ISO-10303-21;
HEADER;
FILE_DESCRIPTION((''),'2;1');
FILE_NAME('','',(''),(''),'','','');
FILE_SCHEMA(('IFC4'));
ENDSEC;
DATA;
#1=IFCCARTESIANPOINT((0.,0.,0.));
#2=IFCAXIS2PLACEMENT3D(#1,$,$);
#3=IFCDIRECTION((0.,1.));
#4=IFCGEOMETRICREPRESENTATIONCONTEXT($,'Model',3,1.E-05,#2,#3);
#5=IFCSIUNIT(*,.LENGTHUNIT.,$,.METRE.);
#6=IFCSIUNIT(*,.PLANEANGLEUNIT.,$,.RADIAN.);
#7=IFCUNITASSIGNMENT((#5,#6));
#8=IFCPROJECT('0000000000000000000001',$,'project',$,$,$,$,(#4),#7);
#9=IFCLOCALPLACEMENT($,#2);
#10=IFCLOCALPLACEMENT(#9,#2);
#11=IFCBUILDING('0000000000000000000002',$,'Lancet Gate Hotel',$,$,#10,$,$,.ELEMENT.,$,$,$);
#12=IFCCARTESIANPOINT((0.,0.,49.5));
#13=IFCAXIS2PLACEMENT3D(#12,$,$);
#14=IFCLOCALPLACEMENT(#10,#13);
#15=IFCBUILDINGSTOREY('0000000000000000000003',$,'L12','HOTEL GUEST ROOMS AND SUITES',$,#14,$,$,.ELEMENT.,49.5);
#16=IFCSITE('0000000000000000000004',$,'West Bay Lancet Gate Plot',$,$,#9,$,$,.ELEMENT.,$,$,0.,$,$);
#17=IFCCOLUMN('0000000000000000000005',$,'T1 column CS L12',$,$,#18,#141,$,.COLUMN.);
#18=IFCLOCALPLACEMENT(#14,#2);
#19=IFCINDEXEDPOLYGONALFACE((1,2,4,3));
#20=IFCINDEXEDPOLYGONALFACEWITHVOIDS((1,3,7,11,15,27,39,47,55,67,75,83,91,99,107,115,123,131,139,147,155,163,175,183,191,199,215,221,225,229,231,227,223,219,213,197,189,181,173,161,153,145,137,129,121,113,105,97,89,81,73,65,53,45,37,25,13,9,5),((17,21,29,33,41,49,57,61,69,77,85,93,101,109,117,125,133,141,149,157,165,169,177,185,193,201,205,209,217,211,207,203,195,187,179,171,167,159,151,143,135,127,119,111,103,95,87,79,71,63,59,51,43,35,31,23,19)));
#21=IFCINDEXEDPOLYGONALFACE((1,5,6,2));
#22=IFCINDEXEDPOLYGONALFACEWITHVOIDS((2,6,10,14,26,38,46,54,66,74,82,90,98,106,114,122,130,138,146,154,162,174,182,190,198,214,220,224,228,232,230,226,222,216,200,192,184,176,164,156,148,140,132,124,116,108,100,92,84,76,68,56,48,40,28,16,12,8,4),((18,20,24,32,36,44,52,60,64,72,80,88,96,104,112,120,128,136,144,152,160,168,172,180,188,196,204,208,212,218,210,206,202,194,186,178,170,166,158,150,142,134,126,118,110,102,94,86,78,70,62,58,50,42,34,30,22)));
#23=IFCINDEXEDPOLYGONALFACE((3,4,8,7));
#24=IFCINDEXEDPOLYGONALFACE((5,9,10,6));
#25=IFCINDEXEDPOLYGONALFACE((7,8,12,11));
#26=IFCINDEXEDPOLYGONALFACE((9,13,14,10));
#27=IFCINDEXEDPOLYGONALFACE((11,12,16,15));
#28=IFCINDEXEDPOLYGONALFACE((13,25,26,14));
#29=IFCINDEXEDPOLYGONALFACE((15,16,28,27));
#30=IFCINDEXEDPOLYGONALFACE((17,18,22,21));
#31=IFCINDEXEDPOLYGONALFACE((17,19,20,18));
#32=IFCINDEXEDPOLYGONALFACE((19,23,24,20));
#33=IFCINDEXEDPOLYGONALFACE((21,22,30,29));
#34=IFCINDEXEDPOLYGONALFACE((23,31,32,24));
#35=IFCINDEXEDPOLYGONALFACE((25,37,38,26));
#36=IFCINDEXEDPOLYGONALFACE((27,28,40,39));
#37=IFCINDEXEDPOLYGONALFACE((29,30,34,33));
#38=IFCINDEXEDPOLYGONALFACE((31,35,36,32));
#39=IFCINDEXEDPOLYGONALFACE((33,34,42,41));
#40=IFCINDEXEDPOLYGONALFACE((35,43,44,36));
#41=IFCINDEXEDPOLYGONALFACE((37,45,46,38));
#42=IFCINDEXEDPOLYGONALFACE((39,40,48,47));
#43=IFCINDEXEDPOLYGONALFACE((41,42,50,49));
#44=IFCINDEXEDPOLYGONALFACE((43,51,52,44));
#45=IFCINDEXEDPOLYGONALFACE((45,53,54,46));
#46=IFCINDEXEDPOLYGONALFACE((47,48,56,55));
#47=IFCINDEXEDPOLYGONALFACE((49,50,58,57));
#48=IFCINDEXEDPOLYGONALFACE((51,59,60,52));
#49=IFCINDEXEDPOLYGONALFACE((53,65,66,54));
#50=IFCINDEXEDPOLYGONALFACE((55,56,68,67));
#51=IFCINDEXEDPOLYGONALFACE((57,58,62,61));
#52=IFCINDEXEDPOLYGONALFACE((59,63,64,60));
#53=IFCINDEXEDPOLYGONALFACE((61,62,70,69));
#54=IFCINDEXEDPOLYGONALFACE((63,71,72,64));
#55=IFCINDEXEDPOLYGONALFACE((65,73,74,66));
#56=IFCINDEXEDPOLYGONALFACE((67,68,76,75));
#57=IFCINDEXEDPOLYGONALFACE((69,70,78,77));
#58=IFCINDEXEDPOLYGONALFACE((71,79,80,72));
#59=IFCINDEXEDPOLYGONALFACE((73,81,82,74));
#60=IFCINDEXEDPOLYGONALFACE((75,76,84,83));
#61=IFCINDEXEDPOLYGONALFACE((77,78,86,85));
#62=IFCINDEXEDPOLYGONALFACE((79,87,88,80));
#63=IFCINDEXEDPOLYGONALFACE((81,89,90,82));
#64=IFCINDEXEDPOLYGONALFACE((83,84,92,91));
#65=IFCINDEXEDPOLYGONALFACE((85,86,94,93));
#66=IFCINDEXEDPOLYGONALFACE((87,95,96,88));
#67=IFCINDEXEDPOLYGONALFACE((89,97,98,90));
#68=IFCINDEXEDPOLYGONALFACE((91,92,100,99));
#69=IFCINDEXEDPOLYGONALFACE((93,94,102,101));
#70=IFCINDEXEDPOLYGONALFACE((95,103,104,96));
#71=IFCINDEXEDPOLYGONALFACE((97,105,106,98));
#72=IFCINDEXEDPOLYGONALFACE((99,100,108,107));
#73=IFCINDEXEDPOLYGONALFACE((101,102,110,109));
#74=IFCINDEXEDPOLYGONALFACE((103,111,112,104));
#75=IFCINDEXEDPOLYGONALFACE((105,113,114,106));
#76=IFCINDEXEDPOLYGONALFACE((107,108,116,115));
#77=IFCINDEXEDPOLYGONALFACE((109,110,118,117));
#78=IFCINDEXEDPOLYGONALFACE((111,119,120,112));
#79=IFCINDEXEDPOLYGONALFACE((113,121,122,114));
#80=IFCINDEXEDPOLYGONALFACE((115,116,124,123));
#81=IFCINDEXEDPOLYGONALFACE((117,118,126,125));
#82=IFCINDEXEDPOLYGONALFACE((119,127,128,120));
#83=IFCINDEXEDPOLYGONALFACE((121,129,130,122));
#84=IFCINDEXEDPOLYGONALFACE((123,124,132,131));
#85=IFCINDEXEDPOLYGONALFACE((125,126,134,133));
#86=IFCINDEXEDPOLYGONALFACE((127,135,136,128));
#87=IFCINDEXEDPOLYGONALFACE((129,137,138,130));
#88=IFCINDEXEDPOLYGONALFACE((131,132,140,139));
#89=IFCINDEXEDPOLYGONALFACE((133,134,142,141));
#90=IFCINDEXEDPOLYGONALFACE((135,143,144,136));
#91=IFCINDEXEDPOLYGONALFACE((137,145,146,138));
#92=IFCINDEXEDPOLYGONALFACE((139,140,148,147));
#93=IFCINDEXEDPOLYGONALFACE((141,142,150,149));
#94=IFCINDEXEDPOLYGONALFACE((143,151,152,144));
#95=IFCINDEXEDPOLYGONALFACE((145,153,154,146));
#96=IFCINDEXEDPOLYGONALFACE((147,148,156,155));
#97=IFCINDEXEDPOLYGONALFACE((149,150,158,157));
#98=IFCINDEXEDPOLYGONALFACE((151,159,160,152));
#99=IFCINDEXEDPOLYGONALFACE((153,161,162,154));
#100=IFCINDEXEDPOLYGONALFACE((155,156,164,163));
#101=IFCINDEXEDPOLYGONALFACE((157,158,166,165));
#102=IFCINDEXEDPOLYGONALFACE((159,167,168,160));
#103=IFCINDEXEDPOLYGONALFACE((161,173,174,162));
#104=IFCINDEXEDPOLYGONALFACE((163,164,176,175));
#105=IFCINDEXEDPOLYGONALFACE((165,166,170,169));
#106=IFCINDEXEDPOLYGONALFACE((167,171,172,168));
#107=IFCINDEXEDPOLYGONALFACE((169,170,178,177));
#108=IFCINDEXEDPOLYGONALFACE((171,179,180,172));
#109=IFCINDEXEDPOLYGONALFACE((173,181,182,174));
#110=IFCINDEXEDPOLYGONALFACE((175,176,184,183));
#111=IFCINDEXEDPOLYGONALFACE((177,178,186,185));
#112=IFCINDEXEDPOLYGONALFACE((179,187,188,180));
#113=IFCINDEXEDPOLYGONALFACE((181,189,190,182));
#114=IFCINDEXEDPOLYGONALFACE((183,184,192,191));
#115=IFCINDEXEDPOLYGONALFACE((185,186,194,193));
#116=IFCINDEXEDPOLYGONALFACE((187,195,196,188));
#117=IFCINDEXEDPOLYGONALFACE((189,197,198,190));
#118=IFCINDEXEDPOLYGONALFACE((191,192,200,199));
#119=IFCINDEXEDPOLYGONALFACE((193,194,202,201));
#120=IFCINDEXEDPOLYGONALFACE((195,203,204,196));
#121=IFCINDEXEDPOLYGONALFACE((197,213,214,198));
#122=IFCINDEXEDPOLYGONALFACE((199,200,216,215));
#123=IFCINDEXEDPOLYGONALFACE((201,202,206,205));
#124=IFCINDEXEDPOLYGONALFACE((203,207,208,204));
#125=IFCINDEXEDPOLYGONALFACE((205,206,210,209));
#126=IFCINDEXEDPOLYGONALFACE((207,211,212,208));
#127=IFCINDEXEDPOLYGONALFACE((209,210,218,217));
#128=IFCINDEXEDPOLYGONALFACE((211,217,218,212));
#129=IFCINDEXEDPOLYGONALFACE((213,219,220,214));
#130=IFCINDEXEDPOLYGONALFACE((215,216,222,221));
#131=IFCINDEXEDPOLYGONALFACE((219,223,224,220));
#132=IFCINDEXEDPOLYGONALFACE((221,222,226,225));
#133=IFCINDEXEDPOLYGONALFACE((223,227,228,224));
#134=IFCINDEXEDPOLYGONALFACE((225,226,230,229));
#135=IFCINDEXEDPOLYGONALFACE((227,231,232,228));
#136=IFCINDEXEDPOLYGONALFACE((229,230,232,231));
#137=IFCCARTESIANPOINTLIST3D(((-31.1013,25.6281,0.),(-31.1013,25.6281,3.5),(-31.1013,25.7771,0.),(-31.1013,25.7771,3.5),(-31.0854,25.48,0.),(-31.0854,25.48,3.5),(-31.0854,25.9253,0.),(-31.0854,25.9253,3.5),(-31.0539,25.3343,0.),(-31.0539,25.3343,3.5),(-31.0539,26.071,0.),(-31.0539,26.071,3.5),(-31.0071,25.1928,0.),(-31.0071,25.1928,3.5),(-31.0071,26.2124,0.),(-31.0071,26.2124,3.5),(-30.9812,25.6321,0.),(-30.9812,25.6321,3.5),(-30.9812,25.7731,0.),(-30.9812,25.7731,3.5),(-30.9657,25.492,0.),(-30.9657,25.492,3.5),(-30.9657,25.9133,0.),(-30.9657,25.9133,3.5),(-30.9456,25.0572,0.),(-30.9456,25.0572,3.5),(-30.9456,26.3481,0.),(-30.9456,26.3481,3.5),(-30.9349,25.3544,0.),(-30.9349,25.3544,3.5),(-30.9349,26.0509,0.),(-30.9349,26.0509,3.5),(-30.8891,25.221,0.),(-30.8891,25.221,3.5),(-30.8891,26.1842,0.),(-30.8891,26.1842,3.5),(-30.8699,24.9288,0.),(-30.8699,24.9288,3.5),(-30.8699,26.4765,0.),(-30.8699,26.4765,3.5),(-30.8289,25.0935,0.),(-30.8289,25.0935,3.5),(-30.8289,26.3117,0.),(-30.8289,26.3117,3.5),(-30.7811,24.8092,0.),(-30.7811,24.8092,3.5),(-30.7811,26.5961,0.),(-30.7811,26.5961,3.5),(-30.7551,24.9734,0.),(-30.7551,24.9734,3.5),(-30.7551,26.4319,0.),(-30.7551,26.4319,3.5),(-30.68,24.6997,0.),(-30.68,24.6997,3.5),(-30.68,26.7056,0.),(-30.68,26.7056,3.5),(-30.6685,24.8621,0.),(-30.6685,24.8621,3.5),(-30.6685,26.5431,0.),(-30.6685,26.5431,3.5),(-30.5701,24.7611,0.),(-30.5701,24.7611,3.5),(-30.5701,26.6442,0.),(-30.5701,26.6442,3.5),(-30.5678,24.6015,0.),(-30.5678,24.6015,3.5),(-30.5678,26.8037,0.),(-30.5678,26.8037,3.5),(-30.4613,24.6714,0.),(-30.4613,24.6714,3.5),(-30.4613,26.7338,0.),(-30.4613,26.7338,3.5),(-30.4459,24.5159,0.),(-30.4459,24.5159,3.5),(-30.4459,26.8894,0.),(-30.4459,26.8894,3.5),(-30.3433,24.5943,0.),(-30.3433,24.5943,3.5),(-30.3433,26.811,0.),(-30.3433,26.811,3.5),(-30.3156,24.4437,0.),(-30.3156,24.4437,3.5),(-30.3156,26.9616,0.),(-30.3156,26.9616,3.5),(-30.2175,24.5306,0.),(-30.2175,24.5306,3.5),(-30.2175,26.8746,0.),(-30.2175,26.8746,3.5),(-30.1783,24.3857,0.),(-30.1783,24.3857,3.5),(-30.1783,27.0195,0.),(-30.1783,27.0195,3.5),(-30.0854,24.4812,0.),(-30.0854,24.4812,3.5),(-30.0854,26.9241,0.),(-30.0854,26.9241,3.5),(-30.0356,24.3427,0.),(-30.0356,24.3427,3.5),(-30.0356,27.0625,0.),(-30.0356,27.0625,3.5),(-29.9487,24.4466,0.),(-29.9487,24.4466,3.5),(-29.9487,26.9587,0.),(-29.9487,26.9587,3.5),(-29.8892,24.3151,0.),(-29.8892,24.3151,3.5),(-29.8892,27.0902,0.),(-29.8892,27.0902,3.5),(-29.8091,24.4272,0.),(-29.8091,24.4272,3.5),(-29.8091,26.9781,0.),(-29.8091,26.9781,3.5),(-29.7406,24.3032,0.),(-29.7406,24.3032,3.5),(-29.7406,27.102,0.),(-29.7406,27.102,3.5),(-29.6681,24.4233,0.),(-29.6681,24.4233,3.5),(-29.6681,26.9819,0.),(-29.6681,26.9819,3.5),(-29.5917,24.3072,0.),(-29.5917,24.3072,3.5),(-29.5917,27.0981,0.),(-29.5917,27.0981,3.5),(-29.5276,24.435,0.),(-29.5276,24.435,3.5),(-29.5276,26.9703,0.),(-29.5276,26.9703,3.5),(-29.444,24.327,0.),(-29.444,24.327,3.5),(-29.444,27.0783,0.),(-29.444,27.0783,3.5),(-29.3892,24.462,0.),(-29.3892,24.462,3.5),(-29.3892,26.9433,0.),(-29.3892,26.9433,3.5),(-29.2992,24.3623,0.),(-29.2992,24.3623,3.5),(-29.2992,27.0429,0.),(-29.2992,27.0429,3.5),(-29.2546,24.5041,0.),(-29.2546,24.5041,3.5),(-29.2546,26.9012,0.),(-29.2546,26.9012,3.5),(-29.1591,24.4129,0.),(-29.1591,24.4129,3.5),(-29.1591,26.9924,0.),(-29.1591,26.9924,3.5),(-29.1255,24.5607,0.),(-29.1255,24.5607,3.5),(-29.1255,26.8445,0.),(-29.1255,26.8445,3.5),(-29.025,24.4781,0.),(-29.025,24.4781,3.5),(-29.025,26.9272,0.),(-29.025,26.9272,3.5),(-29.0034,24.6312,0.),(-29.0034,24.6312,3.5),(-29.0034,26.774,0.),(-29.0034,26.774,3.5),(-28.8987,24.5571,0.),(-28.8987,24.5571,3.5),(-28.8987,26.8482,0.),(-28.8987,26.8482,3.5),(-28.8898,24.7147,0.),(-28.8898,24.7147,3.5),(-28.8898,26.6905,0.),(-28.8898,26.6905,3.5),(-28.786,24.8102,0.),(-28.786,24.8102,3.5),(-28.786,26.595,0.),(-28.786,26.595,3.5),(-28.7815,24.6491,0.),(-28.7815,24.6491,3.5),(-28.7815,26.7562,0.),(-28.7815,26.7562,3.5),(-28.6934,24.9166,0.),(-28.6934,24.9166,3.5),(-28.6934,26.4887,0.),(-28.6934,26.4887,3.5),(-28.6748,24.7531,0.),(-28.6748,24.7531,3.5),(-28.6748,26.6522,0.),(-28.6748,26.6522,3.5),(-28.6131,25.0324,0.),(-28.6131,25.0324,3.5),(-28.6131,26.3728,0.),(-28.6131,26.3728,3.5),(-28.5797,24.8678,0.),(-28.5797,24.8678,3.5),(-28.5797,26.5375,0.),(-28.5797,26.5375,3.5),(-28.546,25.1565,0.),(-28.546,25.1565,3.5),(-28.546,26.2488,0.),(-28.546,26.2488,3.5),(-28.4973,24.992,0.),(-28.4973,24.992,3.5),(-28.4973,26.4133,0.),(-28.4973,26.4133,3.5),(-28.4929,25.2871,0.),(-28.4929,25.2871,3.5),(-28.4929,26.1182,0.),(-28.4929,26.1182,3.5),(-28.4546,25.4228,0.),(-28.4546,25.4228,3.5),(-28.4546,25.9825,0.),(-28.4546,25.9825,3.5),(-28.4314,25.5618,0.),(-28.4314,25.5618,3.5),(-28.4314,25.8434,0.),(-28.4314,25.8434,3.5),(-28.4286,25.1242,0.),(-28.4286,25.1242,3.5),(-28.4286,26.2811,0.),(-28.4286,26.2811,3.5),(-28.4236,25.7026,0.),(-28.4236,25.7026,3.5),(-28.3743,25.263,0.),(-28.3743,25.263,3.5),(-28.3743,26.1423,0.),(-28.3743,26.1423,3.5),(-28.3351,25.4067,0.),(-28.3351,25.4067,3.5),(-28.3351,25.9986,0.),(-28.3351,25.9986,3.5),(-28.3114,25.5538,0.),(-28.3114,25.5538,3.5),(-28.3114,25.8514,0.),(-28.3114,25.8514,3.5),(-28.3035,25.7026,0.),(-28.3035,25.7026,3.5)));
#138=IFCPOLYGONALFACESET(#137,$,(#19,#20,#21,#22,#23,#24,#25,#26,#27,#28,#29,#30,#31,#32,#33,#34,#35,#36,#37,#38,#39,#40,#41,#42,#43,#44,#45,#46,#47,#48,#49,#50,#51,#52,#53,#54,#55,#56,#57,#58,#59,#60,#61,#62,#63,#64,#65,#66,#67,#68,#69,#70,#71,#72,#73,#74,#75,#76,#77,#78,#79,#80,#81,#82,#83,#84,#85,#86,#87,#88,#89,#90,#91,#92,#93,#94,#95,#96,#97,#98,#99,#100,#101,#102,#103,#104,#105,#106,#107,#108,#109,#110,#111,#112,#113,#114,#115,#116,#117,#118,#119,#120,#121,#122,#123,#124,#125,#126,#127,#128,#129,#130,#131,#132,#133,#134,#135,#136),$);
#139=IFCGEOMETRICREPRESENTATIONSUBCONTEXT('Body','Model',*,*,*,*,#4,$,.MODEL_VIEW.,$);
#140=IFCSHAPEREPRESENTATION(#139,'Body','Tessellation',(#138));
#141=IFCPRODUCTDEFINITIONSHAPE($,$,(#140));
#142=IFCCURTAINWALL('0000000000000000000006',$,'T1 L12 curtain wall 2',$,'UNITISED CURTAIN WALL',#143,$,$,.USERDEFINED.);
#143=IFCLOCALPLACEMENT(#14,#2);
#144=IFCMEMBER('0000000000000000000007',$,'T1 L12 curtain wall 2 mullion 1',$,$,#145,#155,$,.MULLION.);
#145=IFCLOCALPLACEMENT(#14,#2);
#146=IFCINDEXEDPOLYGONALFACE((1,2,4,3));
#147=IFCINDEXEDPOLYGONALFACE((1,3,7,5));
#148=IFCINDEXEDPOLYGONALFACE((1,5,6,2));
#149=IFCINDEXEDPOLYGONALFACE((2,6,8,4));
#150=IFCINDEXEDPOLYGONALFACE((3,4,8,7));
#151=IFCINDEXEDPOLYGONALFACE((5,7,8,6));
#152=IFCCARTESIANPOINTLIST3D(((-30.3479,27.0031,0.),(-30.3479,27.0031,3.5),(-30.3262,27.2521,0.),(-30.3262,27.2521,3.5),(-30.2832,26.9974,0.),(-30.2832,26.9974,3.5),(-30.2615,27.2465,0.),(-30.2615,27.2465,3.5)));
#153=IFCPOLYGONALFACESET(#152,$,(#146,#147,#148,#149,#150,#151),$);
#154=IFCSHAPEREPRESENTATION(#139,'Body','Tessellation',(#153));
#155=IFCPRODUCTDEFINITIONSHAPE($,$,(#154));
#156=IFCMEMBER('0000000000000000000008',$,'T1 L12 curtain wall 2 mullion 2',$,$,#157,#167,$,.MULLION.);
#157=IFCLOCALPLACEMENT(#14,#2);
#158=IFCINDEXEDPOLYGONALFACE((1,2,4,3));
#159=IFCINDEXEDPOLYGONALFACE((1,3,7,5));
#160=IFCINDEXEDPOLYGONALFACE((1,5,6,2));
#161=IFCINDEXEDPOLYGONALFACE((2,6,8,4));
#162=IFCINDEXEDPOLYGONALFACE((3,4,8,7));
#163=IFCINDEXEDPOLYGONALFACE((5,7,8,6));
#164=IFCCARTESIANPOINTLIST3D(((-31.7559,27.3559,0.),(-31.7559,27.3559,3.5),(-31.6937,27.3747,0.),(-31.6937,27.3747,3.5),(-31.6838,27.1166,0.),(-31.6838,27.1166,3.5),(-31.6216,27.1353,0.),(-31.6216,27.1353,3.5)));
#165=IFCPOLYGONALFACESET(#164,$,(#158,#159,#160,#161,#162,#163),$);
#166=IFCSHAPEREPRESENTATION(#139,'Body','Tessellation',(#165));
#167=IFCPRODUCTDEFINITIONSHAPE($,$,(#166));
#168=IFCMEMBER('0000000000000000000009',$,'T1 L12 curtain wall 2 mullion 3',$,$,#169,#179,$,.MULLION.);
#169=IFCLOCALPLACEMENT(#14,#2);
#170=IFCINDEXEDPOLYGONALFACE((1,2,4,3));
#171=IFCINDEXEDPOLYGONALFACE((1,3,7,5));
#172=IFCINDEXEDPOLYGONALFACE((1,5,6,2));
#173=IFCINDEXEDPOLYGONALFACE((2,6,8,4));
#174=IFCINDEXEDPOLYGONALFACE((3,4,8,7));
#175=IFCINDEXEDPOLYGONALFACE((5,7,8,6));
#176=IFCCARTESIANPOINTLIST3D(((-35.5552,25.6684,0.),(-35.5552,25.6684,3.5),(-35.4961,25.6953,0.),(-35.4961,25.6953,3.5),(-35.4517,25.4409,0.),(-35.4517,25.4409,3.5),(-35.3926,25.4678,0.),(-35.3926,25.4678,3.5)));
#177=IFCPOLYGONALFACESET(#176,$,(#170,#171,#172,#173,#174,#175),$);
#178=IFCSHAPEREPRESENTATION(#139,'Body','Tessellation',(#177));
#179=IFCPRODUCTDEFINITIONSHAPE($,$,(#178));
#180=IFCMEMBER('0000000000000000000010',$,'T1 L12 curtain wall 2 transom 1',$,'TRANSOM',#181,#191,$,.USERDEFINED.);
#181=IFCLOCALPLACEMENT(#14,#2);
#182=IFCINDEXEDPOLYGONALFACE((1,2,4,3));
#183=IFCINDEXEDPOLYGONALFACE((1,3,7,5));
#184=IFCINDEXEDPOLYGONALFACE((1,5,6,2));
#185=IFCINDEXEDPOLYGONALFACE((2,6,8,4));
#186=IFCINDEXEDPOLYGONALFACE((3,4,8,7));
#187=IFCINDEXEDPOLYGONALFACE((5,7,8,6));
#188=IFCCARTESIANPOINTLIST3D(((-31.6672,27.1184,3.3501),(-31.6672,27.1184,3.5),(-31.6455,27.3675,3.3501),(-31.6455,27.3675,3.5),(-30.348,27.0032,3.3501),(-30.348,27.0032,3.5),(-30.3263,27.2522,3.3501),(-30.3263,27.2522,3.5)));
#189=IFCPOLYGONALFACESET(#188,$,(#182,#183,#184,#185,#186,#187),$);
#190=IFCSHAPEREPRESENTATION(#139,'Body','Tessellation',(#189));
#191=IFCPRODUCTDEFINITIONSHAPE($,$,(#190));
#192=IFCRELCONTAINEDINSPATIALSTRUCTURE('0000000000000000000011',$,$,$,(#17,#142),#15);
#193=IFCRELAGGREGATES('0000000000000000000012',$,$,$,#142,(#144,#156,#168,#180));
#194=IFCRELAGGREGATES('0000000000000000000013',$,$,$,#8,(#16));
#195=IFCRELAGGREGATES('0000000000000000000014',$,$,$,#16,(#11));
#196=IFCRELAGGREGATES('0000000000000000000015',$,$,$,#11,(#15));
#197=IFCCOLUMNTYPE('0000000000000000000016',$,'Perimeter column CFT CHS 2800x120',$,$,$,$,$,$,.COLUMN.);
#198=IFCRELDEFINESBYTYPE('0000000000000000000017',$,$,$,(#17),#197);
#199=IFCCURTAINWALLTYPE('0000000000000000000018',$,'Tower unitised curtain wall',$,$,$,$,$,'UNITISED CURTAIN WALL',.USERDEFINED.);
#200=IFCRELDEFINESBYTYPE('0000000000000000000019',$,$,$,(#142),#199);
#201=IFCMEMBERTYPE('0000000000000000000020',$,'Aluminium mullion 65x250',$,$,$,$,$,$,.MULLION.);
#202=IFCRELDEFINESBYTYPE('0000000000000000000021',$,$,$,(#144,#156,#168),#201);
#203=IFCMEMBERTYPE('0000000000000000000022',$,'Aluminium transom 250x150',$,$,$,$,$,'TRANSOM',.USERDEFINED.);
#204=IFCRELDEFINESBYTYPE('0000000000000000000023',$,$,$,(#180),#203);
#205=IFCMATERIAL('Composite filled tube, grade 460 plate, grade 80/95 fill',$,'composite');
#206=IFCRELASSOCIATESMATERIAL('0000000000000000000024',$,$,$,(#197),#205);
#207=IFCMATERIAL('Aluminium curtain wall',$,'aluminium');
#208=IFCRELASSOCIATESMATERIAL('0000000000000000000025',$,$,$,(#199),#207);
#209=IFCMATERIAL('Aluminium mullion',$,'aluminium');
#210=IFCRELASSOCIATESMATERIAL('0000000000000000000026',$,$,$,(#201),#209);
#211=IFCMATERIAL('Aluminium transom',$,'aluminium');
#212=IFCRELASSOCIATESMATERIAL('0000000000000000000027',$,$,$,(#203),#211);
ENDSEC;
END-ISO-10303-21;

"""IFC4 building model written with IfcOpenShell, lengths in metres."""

from ifc_helpers import new_model, si_unit, direction, frame, origin, origin_2d, place, context, subcontext, project, spatial, rectangle, hollow_circle, extrude, material, material_profile, profile_set, type_object, element, aggregate, save


model = new_model("IFC4")

# Units and contexts
model_context = context("Model", 3, precision=1e-05, world=origin(), true_north=direction((0.0, 1.0)))
body_context = subcontext(model_context, "Body", "Model", "MODEL_VIEW")
ifc_project = project(units=[si_unit("LENGTHUNIT", "METRE"), si_unit("PLANEANGLEUNIT", "RADIAN")], contexts=[model_context])

# Site, building, storey
site_placement = place(None, origin())
site = spatial("IfcSite", under=ifc_project, at=site_placement, Name="West Bay Lancet Gate Plot", CompositionType="ELEMENT", RefElevation=0.0)
building_placement = place(site_placement, origin())
building = spatial("IfcBuilding", under=site, at=building_placement, Name="Lancet Gate Hotel", CompositionType="ELEMENT")
storey_placement = place(building_placement, frame((0.0, 0.0, 49.5)))
storey = spatial("IfcBuildingStorey", under=building, at=storey_placement, Name="L12", Description="HOTEL GUEST ROOMS AND SUITES", CompositionType="ELEMENT", Elevation=49.5)

# Column
ifc_material_1 = material(Name="Composite filled tube, grade 460 plate, grade 80/95 fill", Category="composite")
ifc_material_profile_1 = material_profile(ifc_material_1, hollow_circle(Radius=1.3999, WallThickness=0.1201, at=origin_2d()), Name="CHS 2800x120")
ifc_profile_set_1 = profile_set([ifc_material_profile_1], Name="Composite filled tube, grade 460 plate, grade 80/95 fill")
column_type = type_object("IfcColumnType", Name="Perimeter column CFT CHS 2800x120", PredefinedType="COLUMN", material=ifc_profile_set_1)
column_placement = place(storey_placement, frame((-29.7034, 25.7026, 0.0), z_axis=(0.0, 0.0, 1.0), x_axis=(1.0, 0.0, 0.0)))
element("IfcColumn", 1, at=column_placement, inside=storey, type_object=column_type, Name="T1 column CS L12", PredefinedType="COLUMN", context=body_context, shape_type="SweptSolid", body=[
    extrude(hollow_circle(Radius=1.3999, WallThickness=0.1201, at=origin_2d()), origin(), (0.0, 0.0, 1.0), 3.5),
])

# Curtain wall, members
ifc_material_2 = material(Name="Aluminium curtain wall", Category="aluminium")
curtain_wall_type = type_object("IfcCurtainWallType", Name="Tower unitised curtain wall", ElementType="UNITISED CURTAIN WALL", PredefinedType="USERDEFINED", material=ifc_material_2)
curtain_wall_placement = place(storey_placement, origin())
curtain_wall = element("IfcCurtainWall", 2, at=curtain_wall_placement, inside=storey, type_object=curtain_wall_type, Name="T1 L12 curtain wall 2", ObjectType="UNITISED CURTAIN WALL", PredefinedType="USERDEFINED")
ifc_material_3 = material(Name="Aluminium mullion", Category="aluminium")
ifc_material_profile_2 = material_profile(ifc_material_3, rectangle(XDim=0.0649, YDim=0.25, at=origin_2d()), Name="MULLION 65x250")
ifc_profile_set_2 = profile_set([ifc_material_profile_2], Name="Aluminium mullion")
member_type_1 = type_object("IfcMemberType", Name="Aluminium mullion 65x250", PredefinedType="MULLION", material=ifc_profile_set_2)
member_1_placement = place(storey_placement, frame((-30.3047, 27.1248, 0.0), z_axis=(0.0, 0.0, 1.0), x_axis=(-0.996204, 0.087052, 0.0)))
member_1 = element("IfcMember", 3, at=member_1_placement, type_object=member_type_1, Name="T1 L12 curtain wall 2 mullion 1", PredefinedType="MULLION", context=body_context, shape_type="SweptSolid", body=[
    extrude(rectangle(XDim=0.0649, YDim=0.25, at=origin_2d()), origin(), (0.0, 0.0, 1.0), 3.5),
])
member_2_placement = place(storey_placement, frame((-31.6887, 27.2456, 0.0), z_axis=(0.0, 0.0, 1.0), x_axis=(-0.957524, -0.288352, 0.0)))
member_2 = element("IfcMember", 4, at=member_2_placement, type_object=member_type_1, Name="T1 L12 curtain wall 2 mullion 2", PredefinedType="MULLION", context=body_context, shape_type="SweptSolid", body=[
    extrude(rectangle(XDim=0.0649, YDim=0.25, at=origin_2d()), origin(), (0.0, 0.0, 1.0), 3.5),
])
member_3_placement = place(storey_placement, frame((-35.4739, 25.5681, 0.0), z_axis=(0.0, 0.0, 1.0), x_axis=(-0.91022, -0.414126, 0.0)))
member_3 = element("IfcMember", 5, at=member_3_placement, type_object=member_type_1, Name="T1 L12 curtain wall 2 mullion 3", PredefinedType="MULLION", context=body_context, shape_type="SweptSolid", body=[
    extrude(rectangle(XDim=0.0649, YDim=0.25, at=origin_2d()), origin(), (0.0, 0.0, 1.0), 3.5),
])
ifc_material_4 = material(Name="Aluminium transom", Category="aluminium")
ifc_material_profile_3 = material_profile(ifc_material_4, rectangle(XDim=0.25, YDim=0.1499, at=origin_2d()), Name="TRANSOM 250x150")
ifc_profile_set_3 = profile_set([ifc_material_profile_3], Name="Aluminium transom")
member_type_2 = type_object("IfcMemberType", Name="Aluminium transom 250x150", ElementType="TRANSOM", PredefinedType="USERDEFINED", material=ifc_profile_set_3)
member_4_placement = place(storey_placement, frame((-30.3372, 27.1277, 3.425), z_axis=(-0.996206, 0.087027, 0.0), x_axis=(-0.087027, -0.996206, 0.0)))
member_4 = element("IfcMember", 6, at=member_4_placement, type_object=member_type_2, Name="T1 L12 curtain wall 2 transom 1", ObjectType="TRANSOM", PredefinedType="USERDEFINED", context=body_context, shape_type="SweptSolid", body=[
    extrude(rectangle(XDim=0.25, YDim=0.1499, at=origin_2d()), origin(), (0.0, 0.0, 1.0), 1.3242),
])

aggregate(curtain_wall, [member_1, member_2, member_3, member_4])

save(model, "model.ifc")
